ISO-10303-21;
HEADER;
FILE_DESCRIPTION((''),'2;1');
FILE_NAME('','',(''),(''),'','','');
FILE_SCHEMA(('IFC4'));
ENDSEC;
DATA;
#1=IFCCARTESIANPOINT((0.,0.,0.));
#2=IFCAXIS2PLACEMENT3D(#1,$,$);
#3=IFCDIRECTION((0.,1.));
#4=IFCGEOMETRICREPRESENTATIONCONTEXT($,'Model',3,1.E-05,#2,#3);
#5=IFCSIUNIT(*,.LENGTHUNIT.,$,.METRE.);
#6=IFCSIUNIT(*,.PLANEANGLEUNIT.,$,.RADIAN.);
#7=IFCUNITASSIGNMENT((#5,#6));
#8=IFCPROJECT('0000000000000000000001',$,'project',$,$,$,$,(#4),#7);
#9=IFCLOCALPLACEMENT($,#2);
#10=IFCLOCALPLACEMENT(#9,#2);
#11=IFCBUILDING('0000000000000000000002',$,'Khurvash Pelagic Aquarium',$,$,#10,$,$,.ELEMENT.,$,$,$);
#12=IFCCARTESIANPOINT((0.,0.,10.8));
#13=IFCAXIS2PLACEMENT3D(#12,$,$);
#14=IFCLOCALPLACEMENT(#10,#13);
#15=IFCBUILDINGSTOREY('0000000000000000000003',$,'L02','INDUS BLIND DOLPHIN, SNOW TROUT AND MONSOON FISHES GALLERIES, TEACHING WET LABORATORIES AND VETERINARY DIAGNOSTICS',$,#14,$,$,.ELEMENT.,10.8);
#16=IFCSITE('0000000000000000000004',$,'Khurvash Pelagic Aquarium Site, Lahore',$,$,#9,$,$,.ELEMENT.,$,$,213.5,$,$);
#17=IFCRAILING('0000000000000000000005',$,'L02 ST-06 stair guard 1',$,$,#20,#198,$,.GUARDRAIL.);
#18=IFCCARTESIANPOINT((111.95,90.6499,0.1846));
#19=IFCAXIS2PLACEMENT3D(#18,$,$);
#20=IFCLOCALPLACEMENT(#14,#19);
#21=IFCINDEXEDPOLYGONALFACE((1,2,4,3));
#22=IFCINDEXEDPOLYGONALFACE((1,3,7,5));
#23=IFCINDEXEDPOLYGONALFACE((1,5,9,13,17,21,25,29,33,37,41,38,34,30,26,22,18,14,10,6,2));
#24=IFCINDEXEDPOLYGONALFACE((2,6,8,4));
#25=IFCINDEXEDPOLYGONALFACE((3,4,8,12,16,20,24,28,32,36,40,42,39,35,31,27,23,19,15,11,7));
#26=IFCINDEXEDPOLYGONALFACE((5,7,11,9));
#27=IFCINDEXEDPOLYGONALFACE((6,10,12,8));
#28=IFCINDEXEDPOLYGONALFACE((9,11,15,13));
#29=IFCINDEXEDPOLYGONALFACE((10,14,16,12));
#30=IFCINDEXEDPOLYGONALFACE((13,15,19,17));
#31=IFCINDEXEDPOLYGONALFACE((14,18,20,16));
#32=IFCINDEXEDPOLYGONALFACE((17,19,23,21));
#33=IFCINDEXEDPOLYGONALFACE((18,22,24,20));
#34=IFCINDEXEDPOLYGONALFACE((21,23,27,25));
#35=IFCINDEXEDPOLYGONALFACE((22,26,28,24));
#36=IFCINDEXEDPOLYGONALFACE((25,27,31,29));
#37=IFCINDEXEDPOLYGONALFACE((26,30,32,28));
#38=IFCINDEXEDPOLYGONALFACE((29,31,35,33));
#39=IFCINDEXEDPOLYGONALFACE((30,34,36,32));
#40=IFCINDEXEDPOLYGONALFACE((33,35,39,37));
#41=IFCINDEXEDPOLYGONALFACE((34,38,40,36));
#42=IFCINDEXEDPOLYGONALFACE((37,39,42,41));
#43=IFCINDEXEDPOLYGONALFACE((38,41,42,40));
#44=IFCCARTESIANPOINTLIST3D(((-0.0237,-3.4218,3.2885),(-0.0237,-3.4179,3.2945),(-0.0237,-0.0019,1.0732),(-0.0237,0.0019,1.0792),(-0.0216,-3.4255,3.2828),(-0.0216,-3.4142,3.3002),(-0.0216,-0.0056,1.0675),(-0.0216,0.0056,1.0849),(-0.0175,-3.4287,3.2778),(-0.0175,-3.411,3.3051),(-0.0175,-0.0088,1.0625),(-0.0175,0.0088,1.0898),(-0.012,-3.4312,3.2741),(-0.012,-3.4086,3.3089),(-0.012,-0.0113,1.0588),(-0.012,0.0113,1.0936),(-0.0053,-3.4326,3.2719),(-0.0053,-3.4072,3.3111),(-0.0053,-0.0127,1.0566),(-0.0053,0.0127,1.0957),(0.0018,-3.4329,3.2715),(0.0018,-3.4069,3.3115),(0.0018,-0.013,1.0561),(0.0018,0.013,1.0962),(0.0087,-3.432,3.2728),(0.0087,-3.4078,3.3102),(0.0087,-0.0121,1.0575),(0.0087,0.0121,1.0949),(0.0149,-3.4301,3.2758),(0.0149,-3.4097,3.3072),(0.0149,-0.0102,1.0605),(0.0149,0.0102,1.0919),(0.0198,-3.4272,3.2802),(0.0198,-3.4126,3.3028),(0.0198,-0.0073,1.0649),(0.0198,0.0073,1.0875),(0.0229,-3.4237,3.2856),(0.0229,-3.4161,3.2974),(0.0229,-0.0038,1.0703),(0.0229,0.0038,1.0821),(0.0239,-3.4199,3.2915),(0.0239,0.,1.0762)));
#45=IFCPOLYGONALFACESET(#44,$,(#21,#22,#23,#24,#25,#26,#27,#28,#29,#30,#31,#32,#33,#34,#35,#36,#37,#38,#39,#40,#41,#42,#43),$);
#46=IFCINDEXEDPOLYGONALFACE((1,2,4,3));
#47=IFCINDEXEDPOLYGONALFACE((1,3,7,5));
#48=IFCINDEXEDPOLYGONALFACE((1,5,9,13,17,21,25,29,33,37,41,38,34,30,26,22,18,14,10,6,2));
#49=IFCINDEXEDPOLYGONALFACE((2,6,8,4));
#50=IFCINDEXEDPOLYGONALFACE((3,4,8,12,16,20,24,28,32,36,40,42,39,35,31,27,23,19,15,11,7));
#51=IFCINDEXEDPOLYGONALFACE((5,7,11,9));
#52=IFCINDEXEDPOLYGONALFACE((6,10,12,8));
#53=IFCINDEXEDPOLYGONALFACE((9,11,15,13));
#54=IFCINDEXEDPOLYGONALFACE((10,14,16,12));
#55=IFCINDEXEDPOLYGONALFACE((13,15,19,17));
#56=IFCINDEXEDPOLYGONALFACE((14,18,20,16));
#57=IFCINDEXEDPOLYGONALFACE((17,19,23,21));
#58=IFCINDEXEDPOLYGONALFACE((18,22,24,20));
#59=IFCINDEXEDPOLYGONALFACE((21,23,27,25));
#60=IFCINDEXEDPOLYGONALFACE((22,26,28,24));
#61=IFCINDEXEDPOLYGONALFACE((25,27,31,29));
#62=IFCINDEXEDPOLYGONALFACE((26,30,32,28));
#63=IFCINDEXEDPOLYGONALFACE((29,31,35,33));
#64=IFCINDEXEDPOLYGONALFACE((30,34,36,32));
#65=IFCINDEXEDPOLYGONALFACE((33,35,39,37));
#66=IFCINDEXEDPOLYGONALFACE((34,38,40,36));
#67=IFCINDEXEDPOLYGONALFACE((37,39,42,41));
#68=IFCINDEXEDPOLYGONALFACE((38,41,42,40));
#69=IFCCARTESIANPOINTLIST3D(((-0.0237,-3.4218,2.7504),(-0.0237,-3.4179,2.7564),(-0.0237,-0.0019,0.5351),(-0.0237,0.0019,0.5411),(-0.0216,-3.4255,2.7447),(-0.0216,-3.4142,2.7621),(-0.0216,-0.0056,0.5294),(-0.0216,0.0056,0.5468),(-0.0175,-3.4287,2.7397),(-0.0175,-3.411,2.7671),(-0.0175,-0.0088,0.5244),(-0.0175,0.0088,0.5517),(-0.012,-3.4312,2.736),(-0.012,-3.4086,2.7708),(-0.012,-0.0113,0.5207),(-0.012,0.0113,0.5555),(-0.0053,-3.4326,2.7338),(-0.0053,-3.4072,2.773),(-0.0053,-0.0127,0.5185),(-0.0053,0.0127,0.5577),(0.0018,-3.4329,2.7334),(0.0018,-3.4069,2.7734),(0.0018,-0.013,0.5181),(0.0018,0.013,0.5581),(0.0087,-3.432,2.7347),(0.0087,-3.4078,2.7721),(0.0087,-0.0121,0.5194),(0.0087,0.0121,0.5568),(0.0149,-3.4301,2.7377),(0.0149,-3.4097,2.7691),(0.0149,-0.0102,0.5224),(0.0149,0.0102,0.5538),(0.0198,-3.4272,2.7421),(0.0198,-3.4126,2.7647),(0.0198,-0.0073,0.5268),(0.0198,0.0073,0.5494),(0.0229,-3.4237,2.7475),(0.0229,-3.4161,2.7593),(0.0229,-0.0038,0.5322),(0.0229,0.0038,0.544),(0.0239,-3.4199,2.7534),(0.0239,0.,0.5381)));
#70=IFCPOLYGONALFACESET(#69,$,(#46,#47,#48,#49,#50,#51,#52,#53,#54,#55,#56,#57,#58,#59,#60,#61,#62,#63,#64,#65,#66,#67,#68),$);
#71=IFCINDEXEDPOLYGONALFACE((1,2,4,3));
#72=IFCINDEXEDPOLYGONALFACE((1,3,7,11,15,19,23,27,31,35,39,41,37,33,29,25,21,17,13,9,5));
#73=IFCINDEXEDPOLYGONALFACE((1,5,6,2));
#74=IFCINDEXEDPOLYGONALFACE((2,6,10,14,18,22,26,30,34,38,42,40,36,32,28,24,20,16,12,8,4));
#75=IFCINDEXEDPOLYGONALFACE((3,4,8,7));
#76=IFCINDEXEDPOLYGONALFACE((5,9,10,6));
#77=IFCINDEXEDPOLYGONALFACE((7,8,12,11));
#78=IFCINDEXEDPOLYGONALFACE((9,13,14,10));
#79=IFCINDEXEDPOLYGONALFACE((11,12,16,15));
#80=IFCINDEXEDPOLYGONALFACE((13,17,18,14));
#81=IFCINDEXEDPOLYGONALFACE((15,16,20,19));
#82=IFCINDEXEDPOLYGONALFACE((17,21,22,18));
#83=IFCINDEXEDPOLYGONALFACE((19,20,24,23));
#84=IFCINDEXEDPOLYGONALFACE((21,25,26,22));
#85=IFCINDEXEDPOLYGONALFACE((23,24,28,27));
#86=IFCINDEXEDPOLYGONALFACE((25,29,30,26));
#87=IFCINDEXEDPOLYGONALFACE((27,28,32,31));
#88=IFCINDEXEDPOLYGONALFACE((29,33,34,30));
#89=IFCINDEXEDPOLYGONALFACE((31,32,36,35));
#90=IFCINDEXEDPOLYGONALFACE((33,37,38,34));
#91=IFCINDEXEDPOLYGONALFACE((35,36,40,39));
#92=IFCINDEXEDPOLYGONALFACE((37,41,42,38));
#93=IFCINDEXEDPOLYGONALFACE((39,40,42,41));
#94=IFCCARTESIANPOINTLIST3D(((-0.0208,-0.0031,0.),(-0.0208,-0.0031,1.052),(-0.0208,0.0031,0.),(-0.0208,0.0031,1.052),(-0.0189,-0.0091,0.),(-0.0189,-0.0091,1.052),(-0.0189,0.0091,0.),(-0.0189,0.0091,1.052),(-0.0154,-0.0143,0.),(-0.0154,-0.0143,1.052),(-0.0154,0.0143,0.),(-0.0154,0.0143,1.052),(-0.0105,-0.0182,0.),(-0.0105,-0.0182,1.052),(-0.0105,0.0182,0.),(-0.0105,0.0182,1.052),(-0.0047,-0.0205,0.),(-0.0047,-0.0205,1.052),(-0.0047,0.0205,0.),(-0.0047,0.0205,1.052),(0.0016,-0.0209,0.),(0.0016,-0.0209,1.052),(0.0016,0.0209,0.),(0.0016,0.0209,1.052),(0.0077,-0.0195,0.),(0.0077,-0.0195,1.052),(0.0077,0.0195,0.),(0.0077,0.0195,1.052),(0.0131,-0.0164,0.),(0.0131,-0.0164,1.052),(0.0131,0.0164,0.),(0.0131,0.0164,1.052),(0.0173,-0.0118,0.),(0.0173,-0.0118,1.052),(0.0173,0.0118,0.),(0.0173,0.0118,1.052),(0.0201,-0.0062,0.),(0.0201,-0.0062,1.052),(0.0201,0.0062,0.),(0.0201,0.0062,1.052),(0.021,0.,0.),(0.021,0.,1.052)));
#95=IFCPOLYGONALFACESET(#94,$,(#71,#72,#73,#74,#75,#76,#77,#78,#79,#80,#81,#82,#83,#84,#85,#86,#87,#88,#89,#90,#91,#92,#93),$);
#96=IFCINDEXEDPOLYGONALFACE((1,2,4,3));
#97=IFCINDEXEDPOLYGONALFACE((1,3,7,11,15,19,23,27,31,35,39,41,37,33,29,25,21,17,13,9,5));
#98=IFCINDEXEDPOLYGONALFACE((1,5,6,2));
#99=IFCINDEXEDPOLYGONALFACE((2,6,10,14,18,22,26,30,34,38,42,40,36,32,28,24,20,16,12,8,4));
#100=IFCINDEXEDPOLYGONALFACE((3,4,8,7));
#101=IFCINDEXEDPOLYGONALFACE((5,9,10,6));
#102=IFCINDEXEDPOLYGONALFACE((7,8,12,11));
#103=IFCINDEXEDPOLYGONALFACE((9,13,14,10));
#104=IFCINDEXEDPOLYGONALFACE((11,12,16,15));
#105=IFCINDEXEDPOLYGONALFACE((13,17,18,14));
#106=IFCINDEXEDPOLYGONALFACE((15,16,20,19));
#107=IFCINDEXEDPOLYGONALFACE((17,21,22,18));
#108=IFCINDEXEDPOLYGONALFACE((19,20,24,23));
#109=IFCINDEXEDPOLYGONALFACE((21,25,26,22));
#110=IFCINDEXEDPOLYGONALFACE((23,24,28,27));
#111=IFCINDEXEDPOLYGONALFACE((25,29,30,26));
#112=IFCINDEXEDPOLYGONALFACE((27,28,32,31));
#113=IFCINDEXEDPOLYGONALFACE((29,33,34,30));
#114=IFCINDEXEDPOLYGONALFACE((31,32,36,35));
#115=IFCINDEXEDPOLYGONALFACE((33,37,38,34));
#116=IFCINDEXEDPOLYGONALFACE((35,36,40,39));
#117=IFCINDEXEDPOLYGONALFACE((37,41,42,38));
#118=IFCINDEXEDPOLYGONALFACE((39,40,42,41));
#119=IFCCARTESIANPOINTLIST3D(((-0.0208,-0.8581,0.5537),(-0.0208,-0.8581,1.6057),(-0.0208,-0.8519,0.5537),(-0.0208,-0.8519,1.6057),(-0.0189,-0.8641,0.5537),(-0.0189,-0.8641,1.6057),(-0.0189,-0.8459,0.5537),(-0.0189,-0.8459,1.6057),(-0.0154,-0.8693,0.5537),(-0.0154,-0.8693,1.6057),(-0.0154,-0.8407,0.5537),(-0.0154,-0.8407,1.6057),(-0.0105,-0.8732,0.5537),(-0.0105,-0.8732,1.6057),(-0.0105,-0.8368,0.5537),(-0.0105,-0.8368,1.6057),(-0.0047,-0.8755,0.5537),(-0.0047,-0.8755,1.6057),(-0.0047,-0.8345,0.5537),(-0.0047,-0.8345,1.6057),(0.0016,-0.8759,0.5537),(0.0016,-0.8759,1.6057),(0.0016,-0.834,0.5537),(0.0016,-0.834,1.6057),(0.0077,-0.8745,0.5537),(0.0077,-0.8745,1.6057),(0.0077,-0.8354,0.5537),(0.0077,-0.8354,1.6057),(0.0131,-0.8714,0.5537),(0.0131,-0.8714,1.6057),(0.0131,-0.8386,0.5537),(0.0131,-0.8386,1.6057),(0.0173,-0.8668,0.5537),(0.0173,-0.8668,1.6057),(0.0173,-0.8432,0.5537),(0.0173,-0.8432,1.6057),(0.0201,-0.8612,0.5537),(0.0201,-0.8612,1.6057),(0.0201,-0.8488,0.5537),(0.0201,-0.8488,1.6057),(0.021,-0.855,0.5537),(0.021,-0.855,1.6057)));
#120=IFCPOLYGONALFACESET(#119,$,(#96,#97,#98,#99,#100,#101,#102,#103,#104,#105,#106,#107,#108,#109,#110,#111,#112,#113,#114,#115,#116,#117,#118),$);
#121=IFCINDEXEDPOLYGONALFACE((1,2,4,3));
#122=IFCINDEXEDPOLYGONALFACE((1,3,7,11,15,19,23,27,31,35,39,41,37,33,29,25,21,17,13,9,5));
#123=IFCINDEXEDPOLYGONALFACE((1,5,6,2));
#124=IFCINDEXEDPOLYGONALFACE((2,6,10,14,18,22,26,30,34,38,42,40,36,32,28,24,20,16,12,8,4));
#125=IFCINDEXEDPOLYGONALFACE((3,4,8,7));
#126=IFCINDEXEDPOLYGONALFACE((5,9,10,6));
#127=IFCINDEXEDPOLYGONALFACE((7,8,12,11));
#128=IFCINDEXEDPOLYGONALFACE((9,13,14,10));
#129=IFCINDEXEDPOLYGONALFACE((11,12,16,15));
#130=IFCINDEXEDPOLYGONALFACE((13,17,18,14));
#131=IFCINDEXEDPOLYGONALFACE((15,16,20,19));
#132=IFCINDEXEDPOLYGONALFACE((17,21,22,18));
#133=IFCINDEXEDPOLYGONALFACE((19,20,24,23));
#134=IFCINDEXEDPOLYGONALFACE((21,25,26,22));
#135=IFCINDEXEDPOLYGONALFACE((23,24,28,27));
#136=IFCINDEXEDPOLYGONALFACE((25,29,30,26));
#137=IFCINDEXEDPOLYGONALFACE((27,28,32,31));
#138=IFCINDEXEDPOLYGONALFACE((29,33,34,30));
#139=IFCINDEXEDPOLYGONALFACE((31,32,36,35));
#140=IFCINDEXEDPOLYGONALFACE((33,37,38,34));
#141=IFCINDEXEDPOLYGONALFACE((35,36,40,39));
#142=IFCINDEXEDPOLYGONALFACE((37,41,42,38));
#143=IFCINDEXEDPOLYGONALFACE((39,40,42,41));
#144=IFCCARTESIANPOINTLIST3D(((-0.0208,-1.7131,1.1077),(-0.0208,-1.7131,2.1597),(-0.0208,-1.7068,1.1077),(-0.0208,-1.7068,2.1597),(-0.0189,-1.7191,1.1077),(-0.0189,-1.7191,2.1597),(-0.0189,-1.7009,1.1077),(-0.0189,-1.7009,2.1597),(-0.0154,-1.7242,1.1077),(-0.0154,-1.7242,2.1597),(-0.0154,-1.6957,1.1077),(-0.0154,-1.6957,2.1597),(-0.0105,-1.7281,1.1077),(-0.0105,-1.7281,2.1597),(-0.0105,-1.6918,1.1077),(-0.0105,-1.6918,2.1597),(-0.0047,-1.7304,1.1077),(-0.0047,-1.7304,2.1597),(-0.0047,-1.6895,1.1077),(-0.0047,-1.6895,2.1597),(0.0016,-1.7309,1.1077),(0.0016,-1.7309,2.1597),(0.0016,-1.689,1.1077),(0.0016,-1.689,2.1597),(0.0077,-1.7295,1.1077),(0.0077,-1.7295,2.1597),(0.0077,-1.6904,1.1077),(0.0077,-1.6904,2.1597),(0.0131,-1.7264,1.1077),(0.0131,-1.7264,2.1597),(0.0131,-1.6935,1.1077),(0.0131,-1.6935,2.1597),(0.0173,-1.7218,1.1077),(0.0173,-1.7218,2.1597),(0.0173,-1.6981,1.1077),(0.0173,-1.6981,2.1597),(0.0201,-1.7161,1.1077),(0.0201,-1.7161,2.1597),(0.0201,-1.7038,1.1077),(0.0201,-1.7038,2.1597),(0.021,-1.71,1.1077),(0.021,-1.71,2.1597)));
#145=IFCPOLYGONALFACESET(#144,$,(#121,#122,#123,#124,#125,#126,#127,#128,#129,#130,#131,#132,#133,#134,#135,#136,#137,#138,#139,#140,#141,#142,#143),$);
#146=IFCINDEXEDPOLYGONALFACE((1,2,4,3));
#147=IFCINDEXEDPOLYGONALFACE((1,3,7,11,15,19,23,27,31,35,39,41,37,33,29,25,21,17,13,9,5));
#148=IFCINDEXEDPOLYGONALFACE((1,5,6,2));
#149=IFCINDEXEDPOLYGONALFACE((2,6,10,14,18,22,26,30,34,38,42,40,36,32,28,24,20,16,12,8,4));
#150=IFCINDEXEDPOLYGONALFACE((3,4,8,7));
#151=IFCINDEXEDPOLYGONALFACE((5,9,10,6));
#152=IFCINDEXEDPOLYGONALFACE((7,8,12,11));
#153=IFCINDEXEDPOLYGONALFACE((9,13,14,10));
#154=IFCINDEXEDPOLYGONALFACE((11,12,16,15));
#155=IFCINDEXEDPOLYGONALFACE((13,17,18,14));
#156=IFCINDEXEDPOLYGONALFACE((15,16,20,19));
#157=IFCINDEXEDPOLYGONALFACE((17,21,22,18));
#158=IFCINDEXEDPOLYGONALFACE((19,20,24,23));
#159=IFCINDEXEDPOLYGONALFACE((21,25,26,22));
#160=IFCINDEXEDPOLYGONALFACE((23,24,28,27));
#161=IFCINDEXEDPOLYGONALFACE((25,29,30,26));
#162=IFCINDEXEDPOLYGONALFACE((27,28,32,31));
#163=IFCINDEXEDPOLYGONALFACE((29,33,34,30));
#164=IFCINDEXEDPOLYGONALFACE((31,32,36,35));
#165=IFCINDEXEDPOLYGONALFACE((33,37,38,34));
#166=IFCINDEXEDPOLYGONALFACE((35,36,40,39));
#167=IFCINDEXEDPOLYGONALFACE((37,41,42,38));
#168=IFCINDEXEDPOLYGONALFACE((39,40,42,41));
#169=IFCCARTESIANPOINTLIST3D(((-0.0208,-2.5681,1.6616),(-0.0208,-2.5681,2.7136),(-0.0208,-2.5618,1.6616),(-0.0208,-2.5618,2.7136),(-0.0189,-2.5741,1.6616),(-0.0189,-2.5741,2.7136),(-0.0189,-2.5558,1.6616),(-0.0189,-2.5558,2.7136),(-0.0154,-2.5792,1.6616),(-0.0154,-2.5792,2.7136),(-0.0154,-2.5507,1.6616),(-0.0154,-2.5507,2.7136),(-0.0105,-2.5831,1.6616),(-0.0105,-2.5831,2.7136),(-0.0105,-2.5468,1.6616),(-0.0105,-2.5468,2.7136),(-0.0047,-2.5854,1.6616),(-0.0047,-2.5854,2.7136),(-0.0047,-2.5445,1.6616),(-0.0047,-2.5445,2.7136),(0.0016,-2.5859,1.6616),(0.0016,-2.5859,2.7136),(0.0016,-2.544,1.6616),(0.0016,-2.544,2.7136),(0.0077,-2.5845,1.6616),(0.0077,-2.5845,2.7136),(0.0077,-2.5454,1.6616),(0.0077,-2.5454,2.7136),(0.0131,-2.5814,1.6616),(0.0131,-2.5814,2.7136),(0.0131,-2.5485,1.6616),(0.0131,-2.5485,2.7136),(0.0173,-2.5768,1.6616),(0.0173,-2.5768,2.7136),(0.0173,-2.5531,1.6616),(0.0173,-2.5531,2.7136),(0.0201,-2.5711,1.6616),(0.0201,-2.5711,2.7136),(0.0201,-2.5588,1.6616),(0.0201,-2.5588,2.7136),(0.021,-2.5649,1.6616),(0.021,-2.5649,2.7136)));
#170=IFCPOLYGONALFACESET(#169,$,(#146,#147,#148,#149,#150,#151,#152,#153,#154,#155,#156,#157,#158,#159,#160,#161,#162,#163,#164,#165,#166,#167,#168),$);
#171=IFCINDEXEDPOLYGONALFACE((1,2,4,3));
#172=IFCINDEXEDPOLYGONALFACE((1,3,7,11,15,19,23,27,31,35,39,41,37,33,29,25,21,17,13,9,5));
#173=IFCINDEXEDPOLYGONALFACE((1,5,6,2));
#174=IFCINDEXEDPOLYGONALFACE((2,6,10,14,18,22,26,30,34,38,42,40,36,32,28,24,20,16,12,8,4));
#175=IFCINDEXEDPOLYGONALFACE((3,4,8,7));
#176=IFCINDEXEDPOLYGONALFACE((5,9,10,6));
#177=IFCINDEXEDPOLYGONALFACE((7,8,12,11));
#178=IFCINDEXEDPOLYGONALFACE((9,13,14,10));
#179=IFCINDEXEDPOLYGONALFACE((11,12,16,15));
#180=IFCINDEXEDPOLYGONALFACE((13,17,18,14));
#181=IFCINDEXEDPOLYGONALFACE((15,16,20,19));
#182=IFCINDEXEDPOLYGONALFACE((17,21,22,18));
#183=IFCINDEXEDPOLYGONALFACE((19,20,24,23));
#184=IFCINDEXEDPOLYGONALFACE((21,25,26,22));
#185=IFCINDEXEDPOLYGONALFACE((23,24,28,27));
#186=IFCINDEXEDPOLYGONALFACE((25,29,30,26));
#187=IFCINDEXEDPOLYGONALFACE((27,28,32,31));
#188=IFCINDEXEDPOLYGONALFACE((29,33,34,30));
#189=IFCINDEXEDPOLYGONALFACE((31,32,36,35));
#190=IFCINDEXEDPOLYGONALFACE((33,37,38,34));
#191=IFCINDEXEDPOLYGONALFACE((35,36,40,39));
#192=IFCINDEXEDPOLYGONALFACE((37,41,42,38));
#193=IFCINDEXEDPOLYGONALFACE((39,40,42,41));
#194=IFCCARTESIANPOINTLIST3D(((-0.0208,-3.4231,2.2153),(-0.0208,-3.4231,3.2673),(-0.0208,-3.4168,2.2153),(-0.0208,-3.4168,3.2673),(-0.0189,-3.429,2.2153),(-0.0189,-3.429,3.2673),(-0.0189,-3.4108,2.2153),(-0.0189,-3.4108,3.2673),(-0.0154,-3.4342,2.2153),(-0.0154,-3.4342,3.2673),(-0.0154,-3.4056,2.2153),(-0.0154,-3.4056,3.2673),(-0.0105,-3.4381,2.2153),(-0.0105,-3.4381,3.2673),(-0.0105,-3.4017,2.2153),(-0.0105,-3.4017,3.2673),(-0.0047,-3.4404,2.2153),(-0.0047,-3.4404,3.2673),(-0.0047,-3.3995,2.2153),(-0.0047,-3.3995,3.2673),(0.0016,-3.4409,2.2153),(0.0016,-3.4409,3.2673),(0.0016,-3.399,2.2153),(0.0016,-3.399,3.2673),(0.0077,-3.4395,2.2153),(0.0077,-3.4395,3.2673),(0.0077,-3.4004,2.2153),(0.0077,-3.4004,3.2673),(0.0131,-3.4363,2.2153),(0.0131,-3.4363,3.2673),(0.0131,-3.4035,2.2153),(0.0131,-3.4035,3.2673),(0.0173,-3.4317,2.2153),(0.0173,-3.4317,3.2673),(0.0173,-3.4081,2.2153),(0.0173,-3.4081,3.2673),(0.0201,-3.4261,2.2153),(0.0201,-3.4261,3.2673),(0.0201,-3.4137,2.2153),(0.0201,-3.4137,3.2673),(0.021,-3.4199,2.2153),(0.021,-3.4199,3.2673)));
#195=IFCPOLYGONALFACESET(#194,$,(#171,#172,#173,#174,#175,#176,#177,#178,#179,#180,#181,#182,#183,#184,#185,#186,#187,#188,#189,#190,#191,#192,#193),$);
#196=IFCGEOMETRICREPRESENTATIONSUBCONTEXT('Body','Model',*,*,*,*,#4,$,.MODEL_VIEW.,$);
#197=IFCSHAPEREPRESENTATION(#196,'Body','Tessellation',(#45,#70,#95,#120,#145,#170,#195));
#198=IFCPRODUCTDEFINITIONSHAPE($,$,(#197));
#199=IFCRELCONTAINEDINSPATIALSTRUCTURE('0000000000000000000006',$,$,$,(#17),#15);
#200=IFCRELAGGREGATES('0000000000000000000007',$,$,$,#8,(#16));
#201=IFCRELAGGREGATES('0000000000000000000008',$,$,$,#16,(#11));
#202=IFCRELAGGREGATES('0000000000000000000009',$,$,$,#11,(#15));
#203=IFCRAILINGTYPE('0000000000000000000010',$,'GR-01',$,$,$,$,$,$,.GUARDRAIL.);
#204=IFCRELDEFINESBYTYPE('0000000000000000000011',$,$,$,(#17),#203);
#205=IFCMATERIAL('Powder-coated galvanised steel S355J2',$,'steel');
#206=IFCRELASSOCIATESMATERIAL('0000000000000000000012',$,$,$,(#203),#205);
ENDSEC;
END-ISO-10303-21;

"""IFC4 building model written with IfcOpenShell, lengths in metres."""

from ifc_helpers import new_model, si_unit, direction, frame, origin, origin_2d, place, context, subcontext, project, spatial, circle, extrude, material, type_object, element, save


model = new_model("IFC4")

# Units and contexts
model_context = context("Model", 3, precision=1e-05, world=origin(), true_north=direction((0.0, 1.0)))
body_context = subcontext(model_context, "Body", "Model", "MODEL_VIEW")
ifc_project = project(units=[si_unit("LENGTHUNIT", "METRE"), si_unit("PLANEANGLEUNIT", "RADIAN")], contexts=[model_context])

# Site, building, storey
site_placement = place(None, origin())
site = spatial("IfcSite", under=ifc_project, at=site_placement, Name="Khurvash Pelagic Aquarium Site, Lahore", CompositionType="ELEMENT", RefElevation=213.5)
building_placement = place(site_placement, origin())
building = spatial("IfcBuilding", under=site, at=building_placement, Name="Khurvash Pelagic Aquarium", CompositionType="ELEMENT")
storey_placement = place(building_placement, frame((0.0, 0.0, 10.8)))
storey = spatial("IfcBuildingStorey", under=building, at=storey_placement, Name="L02", Description="INDUS BLIND DOLPHIN, SNOW TROUT AND MONSOON FISHES GALLERIES, TEACHING WET LABORATORIES AND VETERINARY DIAGNOSTICS", CompositionType="ELEMENT", Elevation=10.8)

# Railing
ifc_material_1 = material(Name="Powder-coated galvanised steel S355J2", Category="steel")
railing_type_1 = type_object("IfcRailingType", Name="GR-01", PredefinedType="GUARDRAIL", material=ifc_material_1)
railing_1_placement = place(storey_placement, frame((111.95, 90.6499, 0.1846)))
element("IfcRailing", 1, at=railing_1_placement, inside=storey, type_object=railing_type_1, Name="L02 ST-06 stair guard 1", PredefinedType="GUARDRAIL", context=body_context, shape_type="SweptSolid", body=[
    extrude(circle(Radius=0.0239, at=origin_2d()), frame((0.0, 0.0, 1.0762), z_axis=(0.0, -0.839297, 0.543674), x_axis=(1.0, 0.0, 0.0)), (0.0, 0.0, 1.0), 4.0747),
    extrude(circle(Radius=0.0239, at=origin_2d()), frame((0.0, 0.0, 0.5381), z_axis=(0.0, -0.839297, 0.543674), x_axis=(1.0, 0.0, 0.0)), (0.0, 0.0, 1.0), 4.0747),
    extrude(circle(Radius=0.021, at=origin_2d()), origin(), (0.0, 0.0, 1.0), 1.052),
    extrude(circle(Radius=0.021, at=origin_2d()), frame((0.0, -0.855, 0.5537)), (0.0, 0.0, 1.0), 1.052),
    extrude(circle(Radius=0.021, at=origin_2d()), frame((0.0, -1.71, 1.1077)), (0.0, 0.0, 1.0), 1.052),
    extrude(circle(Radius=0.021, at=origin_2d()), frame((0.0, -2.5649, 1.6616)), (0.0, 0.0, 1.0), 1.052),
    extrude(circle(Radius=0.021, at=origin_2d()), frame((0.0, -3.4199, 2.2153)), (0.0, 0.0, 1.0), 1.052),
])

save(model, "model.ifc")
